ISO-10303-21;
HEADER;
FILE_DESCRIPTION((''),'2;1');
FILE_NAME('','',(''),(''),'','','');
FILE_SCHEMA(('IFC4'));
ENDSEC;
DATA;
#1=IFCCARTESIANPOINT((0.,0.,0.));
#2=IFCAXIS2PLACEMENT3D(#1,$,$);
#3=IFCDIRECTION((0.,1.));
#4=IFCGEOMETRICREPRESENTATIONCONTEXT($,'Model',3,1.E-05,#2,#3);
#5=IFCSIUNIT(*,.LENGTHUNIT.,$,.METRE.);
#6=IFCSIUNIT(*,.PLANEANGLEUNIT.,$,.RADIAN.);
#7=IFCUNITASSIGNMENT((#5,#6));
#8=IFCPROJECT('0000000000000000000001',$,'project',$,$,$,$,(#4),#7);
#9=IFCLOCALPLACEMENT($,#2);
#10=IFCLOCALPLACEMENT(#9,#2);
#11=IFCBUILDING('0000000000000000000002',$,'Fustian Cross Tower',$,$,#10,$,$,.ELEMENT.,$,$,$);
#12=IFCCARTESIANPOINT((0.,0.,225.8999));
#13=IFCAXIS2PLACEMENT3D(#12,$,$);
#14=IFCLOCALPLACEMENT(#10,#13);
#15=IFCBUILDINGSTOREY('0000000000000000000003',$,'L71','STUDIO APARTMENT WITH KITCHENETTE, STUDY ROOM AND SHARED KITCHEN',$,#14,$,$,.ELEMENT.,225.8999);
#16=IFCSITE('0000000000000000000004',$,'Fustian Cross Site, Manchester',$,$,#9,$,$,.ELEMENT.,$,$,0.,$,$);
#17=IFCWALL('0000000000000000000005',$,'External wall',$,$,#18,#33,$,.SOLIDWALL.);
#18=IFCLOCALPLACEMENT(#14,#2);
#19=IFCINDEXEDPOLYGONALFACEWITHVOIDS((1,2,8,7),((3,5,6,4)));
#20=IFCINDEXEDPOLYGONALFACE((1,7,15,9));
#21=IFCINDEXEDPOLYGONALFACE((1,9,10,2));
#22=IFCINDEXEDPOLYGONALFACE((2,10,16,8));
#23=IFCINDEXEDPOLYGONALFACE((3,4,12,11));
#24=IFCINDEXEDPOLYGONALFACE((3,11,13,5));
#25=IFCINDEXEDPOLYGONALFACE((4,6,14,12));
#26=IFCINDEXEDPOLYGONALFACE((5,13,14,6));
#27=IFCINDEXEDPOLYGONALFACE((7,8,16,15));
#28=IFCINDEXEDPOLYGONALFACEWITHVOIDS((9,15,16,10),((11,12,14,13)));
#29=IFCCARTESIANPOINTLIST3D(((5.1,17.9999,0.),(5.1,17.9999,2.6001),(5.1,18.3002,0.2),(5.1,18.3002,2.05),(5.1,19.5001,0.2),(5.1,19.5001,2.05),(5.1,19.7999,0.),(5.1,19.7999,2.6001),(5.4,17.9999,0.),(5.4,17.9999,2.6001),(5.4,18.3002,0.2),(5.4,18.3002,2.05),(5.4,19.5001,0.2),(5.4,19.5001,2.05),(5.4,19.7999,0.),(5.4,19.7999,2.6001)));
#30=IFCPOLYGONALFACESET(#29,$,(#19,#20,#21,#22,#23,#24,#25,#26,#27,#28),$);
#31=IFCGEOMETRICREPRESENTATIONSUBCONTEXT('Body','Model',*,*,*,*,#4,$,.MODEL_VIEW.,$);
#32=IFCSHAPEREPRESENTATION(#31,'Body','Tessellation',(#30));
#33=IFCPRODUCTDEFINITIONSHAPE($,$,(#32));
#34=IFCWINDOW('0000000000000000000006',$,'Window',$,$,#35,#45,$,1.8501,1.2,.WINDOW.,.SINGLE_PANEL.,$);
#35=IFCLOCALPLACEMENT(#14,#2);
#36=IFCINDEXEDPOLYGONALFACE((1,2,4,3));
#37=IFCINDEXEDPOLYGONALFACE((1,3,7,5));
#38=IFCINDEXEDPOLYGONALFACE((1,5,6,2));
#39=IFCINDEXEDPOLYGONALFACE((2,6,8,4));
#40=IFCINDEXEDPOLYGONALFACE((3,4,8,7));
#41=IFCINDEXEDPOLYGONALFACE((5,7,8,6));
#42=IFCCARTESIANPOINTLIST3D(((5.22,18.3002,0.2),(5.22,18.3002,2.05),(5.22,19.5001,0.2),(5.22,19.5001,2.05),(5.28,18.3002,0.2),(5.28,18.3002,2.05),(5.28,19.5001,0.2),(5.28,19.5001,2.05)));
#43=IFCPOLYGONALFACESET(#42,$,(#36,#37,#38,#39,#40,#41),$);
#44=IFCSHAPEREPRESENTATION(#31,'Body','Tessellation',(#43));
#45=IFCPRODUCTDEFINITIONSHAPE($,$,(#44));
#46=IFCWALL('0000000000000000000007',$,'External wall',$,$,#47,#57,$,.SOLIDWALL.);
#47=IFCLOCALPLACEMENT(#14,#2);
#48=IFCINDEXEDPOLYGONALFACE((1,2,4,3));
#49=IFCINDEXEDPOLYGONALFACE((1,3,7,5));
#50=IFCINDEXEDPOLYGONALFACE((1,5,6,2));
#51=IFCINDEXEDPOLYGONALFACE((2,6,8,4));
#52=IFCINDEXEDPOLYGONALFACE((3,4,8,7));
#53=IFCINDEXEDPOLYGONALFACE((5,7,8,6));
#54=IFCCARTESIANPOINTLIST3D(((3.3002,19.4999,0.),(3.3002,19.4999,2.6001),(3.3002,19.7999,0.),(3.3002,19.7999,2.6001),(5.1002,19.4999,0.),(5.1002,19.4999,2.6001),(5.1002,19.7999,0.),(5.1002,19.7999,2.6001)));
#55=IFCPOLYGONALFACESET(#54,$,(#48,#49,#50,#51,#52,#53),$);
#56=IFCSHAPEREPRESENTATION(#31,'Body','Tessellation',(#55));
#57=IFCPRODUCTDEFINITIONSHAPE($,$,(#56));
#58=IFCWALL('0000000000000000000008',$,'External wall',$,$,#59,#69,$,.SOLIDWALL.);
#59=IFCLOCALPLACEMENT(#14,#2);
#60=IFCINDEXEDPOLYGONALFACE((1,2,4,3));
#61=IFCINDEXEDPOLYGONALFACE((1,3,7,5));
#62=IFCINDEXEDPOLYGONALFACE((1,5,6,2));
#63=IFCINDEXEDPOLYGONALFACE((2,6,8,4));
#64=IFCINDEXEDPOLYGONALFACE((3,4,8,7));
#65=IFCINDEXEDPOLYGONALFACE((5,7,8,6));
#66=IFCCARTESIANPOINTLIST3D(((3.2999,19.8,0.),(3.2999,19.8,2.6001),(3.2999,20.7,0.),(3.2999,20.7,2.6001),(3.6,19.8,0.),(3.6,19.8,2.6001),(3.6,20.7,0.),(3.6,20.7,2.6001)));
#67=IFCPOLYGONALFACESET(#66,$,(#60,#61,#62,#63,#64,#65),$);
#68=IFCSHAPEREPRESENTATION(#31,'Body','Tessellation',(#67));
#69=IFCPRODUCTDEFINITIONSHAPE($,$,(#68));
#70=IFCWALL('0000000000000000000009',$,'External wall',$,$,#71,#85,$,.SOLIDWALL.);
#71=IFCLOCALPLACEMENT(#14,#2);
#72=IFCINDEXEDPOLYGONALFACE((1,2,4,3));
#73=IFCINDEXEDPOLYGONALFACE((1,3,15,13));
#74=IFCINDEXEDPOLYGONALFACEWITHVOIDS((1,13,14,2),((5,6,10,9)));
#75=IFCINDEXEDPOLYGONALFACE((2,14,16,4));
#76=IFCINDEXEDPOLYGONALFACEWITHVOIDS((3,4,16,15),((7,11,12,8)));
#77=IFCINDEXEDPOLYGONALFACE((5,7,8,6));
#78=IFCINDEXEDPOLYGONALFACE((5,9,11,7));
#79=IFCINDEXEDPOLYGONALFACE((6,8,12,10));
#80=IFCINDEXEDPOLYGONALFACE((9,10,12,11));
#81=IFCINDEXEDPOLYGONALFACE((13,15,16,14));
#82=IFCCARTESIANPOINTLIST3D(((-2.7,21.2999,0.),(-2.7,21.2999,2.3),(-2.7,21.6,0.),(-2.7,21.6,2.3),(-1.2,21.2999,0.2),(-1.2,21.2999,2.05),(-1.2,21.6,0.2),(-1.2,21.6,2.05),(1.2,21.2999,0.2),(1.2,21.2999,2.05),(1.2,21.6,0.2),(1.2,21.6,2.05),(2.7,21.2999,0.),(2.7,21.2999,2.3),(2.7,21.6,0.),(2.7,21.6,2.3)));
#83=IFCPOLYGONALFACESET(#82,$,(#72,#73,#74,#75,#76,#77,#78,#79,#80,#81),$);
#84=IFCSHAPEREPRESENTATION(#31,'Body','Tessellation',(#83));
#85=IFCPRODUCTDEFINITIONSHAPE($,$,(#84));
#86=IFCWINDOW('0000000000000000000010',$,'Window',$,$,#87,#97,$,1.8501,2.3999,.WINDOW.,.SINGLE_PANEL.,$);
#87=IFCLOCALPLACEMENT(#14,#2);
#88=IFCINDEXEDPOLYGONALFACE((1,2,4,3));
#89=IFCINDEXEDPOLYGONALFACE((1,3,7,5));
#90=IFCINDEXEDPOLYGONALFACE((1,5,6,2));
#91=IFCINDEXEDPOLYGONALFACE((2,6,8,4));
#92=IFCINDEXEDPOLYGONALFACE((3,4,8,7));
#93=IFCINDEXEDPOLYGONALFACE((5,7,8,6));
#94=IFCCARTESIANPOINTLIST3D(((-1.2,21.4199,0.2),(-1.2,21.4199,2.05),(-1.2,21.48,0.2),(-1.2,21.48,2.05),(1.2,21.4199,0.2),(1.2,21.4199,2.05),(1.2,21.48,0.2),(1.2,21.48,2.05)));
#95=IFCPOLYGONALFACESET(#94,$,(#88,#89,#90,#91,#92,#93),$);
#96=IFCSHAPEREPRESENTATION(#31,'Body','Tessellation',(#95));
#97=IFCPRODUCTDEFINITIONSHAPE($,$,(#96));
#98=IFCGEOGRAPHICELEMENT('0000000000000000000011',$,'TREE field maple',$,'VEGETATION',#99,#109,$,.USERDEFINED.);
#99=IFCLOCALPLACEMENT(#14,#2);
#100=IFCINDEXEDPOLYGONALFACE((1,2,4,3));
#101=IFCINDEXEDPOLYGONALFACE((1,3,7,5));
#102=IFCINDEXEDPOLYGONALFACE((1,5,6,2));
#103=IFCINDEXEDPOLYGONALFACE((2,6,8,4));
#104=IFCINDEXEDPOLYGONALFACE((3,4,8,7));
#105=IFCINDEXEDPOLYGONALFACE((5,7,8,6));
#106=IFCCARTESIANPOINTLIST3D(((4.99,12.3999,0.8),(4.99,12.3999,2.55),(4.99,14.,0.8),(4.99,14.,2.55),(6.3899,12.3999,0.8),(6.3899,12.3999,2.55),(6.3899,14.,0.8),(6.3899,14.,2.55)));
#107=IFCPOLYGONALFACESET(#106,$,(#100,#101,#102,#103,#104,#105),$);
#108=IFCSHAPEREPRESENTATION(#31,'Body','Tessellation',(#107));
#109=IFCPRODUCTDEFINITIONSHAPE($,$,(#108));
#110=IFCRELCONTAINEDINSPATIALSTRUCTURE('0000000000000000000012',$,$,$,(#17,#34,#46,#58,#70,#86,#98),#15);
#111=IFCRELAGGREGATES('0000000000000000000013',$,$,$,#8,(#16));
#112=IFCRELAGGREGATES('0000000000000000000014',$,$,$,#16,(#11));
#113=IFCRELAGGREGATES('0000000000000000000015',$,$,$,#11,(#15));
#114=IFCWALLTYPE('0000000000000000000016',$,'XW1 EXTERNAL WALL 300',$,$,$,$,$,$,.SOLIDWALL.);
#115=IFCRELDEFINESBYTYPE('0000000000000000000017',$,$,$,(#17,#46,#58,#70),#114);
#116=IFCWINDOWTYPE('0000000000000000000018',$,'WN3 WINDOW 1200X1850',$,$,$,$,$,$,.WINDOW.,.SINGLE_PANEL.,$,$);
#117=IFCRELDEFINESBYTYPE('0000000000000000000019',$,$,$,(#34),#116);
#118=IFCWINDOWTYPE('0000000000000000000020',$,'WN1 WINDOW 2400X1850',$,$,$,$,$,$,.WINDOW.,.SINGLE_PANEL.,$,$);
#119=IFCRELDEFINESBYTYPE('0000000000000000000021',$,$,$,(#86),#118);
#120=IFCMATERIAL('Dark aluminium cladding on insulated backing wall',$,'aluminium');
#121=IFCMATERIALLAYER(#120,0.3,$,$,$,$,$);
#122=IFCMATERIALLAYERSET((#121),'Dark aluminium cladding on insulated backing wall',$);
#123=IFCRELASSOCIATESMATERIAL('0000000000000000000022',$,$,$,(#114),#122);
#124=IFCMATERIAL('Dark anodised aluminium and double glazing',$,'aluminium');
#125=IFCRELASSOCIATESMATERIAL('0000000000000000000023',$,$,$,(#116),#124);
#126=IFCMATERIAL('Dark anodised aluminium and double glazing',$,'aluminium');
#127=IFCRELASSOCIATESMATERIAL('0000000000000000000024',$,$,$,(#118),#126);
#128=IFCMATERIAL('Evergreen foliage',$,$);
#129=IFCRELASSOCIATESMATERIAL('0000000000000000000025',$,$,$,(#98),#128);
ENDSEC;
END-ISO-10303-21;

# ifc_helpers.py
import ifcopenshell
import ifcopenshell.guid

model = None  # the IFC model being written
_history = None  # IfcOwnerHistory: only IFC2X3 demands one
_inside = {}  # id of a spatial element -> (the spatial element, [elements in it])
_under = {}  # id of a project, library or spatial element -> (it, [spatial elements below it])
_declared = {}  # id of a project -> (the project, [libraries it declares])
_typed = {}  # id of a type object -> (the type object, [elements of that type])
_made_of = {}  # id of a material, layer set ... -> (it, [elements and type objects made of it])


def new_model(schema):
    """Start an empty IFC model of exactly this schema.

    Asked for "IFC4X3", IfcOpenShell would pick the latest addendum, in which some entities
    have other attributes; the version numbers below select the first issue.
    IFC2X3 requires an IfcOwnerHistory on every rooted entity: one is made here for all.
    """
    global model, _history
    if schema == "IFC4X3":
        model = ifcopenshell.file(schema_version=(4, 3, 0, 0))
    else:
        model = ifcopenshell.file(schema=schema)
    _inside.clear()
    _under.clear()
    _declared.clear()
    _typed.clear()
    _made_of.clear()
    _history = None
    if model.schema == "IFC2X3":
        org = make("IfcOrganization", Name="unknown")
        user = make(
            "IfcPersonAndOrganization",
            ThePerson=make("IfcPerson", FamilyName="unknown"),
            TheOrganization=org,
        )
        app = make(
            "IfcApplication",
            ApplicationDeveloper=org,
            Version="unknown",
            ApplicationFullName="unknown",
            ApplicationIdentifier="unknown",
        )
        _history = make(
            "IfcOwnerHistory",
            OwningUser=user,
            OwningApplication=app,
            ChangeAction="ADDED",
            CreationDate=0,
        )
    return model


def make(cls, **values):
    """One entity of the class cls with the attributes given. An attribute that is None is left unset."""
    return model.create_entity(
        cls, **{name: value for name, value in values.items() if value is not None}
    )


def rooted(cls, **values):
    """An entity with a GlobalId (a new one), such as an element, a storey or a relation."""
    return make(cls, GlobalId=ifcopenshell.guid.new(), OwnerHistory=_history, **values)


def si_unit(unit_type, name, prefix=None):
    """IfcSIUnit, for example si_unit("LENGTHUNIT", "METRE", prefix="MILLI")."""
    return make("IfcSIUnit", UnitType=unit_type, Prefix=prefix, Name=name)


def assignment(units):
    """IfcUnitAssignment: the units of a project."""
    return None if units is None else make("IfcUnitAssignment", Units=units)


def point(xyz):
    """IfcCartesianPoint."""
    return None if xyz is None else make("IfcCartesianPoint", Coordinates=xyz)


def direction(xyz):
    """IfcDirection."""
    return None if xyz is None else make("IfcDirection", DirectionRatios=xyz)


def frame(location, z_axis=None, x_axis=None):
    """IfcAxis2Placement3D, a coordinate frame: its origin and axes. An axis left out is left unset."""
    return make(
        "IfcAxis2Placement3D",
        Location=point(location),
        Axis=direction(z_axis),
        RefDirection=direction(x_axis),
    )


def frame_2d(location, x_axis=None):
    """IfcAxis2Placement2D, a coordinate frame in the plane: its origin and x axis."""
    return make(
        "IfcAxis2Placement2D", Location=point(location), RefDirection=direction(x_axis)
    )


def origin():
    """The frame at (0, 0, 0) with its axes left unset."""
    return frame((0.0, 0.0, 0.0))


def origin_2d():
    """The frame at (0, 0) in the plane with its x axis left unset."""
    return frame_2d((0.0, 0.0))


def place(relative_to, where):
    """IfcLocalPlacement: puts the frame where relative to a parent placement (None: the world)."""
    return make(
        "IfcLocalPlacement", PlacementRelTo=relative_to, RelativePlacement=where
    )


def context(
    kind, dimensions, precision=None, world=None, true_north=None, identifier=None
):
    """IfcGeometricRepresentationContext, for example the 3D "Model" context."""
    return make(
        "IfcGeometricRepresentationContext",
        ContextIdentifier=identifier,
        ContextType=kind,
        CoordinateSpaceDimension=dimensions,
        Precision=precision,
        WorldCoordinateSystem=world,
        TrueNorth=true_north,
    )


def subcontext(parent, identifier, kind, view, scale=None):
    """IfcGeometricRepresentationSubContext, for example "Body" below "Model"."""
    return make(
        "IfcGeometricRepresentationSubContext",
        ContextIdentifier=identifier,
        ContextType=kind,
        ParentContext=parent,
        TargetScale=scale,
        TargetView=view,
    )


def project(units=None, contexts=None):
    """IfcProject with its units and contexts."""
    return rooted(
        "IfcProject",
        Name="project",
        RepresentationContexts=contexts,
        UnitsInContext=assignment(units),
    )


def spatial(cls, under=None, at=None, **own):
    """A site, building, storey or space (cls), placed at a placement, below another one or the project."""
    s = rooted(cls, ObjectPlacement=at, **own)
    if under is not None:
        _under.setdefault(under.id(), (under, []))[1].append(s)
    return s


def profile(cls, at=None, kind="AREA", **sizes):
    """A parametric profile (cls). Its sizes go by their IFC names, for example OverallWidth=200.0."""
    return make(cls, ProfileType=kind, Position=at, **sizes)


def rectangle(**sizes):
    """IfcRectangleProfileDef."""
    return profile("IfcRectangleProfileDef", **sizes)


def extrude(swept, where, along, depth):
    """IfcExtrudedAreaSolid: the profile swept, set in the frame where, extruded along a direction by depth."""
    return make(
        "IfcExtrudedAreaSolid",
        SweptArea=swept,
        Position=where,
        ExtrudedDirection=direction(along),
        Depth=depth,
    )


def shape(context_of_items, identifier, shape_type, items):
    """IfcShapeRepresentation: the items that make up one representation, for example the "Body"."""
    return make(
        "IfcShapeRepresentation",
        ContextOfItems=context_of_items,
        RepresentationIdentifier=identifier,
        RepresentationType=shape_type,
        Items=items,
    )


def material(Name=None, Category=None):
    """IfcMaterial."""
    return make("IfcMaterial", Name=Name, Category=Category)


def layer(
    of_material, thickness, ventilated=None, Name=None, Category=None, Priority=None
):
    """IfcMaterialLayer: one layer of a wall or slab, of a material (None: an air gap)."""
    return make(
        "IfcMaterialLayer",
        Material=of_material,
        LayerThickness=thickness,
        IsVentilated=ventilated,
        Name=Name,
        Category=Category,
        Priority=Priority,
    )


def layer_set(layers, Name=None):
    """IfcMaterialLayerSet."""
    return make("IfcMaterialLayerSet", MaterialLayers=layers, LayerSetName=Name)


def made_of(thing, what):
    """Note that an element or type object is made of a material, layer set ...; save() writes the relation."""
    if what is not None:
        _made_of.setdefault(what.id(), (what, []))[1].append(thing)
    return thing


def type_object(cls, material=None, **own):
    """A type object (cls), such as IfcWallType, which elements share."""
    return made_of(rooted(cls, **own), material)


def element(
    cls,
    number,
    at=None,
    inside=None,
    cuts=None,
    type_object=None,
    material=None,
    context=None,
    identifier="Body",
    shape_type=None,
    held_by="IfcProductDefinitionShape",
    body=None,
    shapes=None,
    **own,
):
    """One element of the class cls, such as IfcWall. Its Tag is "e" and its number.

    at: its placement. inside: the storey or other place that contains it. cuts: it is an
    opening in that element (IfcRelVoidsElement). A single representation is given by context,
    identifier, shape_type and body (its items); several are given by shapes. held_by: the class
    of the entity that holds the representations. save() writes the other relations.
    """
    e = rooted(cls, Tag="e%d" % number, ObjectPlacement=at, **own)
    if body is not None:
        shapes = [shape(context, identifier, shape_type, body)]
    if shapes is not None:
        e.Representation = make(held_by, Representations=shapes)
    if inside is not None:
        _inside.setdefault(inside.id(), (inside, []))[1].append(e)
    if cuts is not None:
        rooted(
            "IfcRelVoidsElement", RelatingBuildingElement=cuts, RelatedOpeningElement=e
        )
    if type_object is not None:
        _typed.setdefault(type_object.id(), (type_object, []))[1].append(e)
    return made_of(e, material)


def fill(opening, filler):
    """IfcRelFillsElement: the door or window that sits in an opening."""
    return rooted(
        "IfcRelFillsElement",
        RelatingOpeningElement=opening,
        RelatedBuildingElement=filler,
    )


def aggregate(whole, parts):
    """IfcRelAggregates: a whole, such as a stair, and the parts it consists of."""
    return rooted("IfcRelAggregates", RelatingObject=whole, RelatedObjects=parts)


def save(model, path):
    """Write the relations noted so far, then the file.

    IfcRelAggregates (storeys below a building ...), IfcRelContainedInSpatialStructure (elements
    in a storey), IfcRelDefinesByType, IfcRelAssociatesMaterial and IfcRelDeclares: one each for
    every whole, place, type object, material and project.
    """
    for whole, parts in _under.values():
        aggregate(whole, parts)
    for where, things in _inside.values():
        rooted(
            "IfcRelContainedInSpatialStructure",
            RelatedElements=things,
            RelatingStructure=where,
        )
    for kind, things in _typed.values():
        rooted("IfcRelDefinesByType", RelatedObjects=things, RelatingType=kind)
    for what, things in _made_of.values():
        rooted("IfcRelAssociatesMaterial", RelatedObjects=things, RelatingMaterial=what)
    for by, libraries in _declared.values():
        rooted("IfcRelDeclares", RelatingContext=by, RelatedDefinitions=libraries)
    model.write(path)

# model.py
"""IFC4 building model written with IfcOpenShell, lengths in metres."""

from ifc_helpers import new_model, si_unit, direction, frame, frame_2d, origin, origin_2d, place, context, subcontext, project, spatial, rectangle, extrude, material, layer, layer_set, type_object, element, fill, save


model = new_model("IFC4")

# Units and contexts
model_context = context("Model", 3, precision=1e-05, world=origin(), true_north=direction((0.0, 1.0)))
body_context = subcontext(model_context, "Body", "Model", "MODEL_VIEW")
ifc_project = project(units=[si_unit("LENGTHUNIT", "METRE"), si_unit("PLANEANGLEUNIT", "RADIAN")], contexts=[model_context])

# Site, building, storey
site_placement = place(None, origin())
site = spatial("IfcSite", under=ifc_project, at=site_placement, Name="Fustian Cross Site, Manchester", CompositionType="ELEMENT", RefElevation=0.0)
building_placement = place(site_placement, origin())
building = spatial("IfcBuilding", under=site, at=building_placement, Name="Fustian Cross Tower", CompositionType="ELEMENT")
storey_placement = place(building_placement, frame((0.0, 0.0, 225.8999)))
storey = spatial("IfcBuildingStorey", under=building, at=storey_placement, Name="L71", Description="STUDIO APARTMENT WITH KITCHENETTE, STUDY ROOM AND SHARED KITCHEN", CompositionType="ELEMENT", Elevation=225.8999)

# Shared definitions
ifc_material_1 = material(Name="Dark aluminium cladding on insulated backing wall", Category="aluminium")
ifc_layer_1 = layer(ifc_material_1, 0.3)
ifc_layer_set_1 = layer_set([ifc_layer_1], Name="Dark aluminium cladding on insulated backing wall")
wall_type_1 = type_object("IfcWallType", Name="XW1 EXTERNAL WALL 300", PredefinedType="SOLIDWALL", material=ifc_layer_set_1)

# Wall, opening, window
wall_1_placement = place(storey_placement, frame((5.25, 18.0, 0.0), z_axis=(0.0, 0.0, 1.0), x_axis=(0.0, 1.0, 0.0)))
wall_1 = element("IfcWall", 1, at=wall_1_placement, inside=storey, type_object=wall_type_1, Name="External wall", PredefinedType="SOLIDWALL", context=body_context, shape_type="SweptSolid", body=[
    extrude(rectangle(XDim=1.8, YDim=0.3, at=frame_2d((0.8999, 0.0))), origin(), (0.0, 0.0, 1.0), 2.6001),
])
opening_1_placement = place(wall_1_placement, frame((0.3, 0.0, 0.2)))
opening_1 = element("IfcOpeningElement", 2, at=opening_1_placement, cuts=wall_1, PredefinedType="OPENING", context=body_context, shape_type="SweptSolid", body=[
    extrude(rectangle(XDim=1.2, YDim=1.8501, at=frame_2d((0.6001, 0.925))), frame((0.0, 0.1599, 0.0), z_axis=(0.0, -1.0, 0.0), x_axis=(1.0, 0.0, 0.0)), (0.0, 0.0, 1.0), 0.3201),
])
ifc_material_2 = material(Name="Dark anodised aluminium and double glazing", Category="aluminium")
window_type_1 = type_object("IfcWindowType", Name="WN3 WINDOW 1200X1850", PartitioningType="SINGLE_PANEL", PredefinedType="WINDOW", material=ifc_material_2)
window_1_placement = place(opening_1_placement, origin())
window_1 = element("IfcWindow", 3, at=window_1_placement, inside=storey, type_object=window_type_1, Name="Window", OverallHeight=1.8501, OverallWidth=1.2, PartitioningType="SINGLE_PANEL", PredefinedType="WINDOW", context=body_context, shape_type="SweptSolid", body=[
    extrude(rectangle(XDim=1.2, YDim=1.8501, at=frame_2d((0.6001, 0.925))), frame((0.0, 0.03, 0.0), z_axis=(0.0, -1.0, 0.0), x_axis=(1.0, 0.0, 0.0)), (0.0, 0.0, 1.0), 0.0601),
])
fill(opening_1, window_1)

# Walls
wall_2_placement = place(storey_placement, frame((5.1001, 19.6499, 0.0), z_axis=(0.0, 0.0, 1.0), x_axis=(-1.0, 0.0, 0.0)))
element("IfcWall", 4, at=wall_2_placement, inside=storey, type_object=wall_type_1, Name="External wall", PredefinedType="SOLIDWALL", context=body_context, shape_type="SweptSolid", body=[
    extrude(rectangle(XDim=1.8, YDim=0.3, at=frame_2d((0.8999, 0.0))), origin(), (0.0, 0.0, 1.0), 2.6001),
])
wall_3_placement = place(storey_placement, frame((3.45, 19.8, 0.0), z_axis=(0.0, 0.0, 1.0), x_axis=(0.0, 1.0, 0.0)))
element("IfcWall", 5, at=wall_3_placement, inside=storey, type_object=wall_type_1, Name="External wall", PredefinedType="SOLIDWALL", context=body_context, shape_type="SweptSolid", body=[
    extrude(rectangle(XDim=0.8999, YDim=0.3, at=frame_2d((0.45, 0.0))), origin(), (0.0, 0.0, 1.0), 2.6001),
])

# Wall, opening, window
wall_4_placement = place(storey_placement, frame((2.7, 21.45, 0.0), z_axis=(0.0, 0.0, 1.0), x_axis=(-1.0, 0.0, 0.0)))
wall_4 = element("IfcWall", 6, at=wall_4_placement, inside=storey, type_object=wall_type_1, Name="External wall", PredefinedType="SOLIDWALL", context=body_context, shape_type="SweptSolid", body=[
    extrude(rectangle(XDim=5.3999, YDim=0.3, at=frame_2d((2.7, 0.0))), origin(), (0.0, 0.0, 1.0), 2.3),
])
opening_2_placement = place(wall_4_placement, frame((1.5, 0.0, 0.2)))
opening_2 = element("IfcOpeningElement", 7, at=opening_2_placement, cuts=wall_4, PredefinedType="OPENING", context=body_context, shape_type="SweptSolid", body=[
    extrude(rectangle(XDim=2.3999, YDim=1.8501, at=frame_2d((1.2, 0.925))), frame((0.0, 0.1599, 0.0), z_axis=(0.0, -1.0, 0.0), x_axis=(1.0, 0.0, 0.0)), (0.0, 0.0, 1.0), 0.3201),
])
ifc_material_3 = material(Name="Dark anodised aluminium and double glazing", Category="aluminium")
window_type_2 = type_object("IfcWindowType", Name="WN1 WINDOW 2400X1850", PartitioningType="SINGLE_PANEL", PredefinedType="WINDOW", material=ifc_material_3)
window_2_placement = place(opening_2_placement, origin())
window_2 = element("IfcWindow", 8, at=window_2_placement, inside=storey, type_object=window_type_2, Name="Window", OverallHeight=1.8501, OverallWidth=2.3999, PartitioningType="SINGLE_PANEL", PredefinedType="WINDOW", context=body_context, shape_type="SweptSolid", body=[
    extrude(rectangle(XDim=2.3999, YDim=1.8501, at=frame_2d((1.2, 0.925))), frame((0.0, 0.03, 0.0), z_axis=(0.0, -1.0, 0.0), x_axis=(1.0, 0.0, 0.0)), (0.0, 0.0, 1.0), 0.0601),
])
fill(opening_2, window_2)

# Geographic element
ifc_material_4 = material(Name="Evergreen foliage")
geographic_element_placement = place(storey_placement, frame((5.6899, 13.2, 0.8), z_axis=(0.0, 0.0, 1.0), x_axis=(1.0, 0.0, 0.0)))
element("IfcGeographicElement", 9, at=geographic_element_placement, inside=storey, material=ifc_material_4, Name="TREE field maple", ObjectType="VEGETATION", PredefinedType="USERDEFINED", context=body_context, shape_type="SweptSolid", body=[
    extrude(rectangle(XDim=1.3999, YDim=1.6001, at=origin_2d()), origin(), (0.0, 0.0, 1.0), 1.75),
])

save(model, "model.ifc")
